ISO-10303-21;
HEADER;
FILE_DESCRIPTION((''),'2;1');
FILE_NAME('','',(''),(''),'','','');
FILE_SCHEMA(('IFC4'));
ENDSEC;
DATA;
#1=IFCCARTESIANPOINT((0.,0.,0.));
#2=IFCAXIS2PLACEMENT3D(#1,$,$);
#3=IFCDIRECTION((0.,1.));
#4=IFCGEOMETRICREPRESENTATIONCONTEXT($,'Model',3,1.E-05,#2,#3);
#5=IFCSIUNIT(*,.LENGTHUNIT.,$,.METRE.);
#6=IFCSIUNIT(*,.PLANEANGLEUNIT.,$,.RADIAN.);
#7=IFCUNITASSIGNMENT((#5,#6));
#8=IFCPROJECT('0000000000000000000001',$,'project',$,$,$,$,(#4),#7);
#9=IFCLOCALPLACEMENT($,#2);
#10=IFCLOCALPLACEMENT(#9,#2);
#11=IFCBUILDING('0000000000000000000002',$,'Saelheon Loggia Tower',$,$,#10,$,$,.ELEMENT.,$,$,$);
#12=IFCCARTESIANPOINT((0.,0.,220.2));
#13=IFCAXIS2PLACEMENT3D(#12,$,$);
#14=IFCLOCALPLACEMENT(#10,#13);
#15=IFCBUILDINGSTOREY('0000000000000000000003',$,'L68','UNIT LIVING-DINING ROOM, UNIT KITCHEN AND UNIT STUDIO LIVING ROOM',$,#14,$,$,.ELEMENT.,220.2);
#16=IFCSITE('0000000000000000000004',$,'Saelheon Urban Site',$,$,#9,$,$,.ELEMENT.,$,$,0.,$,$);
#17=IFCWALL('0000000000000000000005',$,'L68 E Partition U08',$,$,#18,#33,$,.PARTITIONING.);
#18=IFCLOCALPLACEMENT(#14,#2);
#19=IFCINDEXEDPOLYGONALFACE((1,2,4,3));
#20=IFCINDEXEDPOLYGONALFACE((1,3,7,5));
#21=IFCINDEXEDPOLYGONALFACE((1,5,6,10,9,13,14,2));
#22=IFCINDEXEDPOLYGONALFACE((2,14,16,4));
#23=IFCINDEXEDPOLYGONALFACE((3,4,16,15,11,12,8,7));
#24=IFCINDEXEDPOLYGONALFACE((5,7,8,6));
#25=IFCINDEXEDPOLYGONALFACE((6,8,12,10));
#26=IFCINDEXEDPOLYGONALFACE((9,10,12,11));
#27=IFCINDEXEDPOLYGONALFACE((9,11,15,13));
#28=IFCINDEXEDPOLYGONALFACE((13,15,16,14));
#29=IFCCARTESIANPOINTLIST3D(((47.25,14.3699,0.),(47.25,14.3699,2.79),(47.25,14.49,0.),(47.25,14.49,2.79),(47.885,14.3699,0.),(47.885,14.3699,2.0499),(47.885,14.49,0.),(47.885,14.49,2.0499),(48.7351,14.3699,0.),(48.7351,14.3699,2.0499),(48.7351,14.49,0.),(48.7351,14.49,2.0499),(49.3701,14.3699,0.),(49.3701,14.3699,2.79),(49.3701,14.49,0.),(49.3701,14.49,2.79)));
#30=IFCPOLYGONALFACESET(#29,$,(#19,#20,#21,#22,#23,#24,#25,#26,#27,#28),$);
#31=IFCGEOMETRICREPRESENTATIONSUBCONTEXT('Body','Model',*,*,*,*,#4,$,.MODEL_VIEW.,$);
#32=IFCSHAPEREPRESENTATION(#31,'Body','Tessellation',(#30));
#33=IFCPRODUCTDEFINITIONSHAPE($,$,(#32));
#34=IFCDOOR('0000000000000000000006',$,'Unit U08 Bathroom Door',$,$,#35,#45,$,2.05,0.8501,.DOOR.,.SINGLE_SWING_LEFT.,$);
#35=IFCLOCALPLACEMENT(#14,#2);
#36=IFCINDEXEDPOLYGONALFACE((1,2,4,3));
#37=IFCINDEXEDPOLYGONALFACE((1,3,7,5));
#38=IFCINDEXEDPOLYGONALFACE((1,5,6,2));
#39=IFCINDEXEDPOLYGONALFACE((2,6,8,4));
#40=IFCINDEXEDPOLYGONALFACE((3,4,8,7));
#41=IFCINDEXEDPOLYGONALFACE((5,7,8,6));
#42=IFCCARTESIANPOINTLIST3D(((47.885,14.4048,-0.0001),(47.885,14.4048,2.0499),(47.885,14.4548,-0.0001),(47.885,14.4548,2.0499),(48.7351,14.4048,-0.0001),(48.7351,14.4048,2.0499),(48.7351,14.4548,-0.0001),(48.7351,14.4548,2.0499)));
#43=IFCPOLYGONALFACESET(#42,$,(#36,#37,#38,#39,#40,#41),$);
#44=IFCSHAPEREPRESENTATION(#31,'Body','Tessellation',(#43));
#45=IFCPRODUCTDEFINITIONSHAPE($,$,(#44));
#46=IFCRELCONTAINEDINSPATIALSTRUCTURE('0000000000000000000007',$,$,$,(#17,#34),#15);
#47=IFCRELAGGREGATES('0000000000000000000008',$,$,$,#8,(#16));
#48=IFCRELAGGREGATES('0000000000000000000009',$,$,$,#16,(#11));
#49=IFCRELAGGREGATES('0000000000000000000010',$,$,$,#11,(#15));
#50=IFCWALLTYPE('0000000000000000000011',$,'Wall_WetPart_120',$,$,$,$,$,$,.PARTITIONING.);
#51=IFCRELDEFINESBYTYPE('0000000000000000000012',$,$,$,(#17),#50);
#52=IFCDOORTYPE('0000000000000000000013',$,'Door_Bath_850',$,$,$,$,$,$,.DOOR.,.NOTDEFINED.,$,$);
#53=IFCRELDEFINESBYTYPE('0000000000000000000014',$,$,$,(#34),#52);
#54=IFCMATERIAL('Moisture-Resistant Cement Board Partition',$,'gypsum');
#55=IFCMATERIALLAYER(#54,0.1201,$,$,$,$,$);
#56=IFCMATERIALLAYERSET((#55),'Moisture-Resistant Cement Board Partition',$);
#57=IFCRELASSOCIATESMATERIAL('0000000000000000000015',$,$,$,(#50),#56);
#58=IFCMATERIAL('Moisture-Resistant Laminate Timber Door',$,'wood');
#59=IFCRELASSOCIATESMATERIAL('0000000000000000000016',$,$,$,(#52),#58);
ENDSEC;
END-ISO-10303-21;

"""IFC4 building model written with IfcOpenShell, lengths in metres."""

from ifc_helpers import new_model, si_unit, direction, frame, frame_2d, origin, place, context, subcontext, project, spatial, rectangle, extrude, source, transform, mapped, material, layer, layer_set, type_object, element, fill, save


model = new_model("IFC4")

# Units and contexts
model_context = context("Model", 3, precision=1e-05, world=origin(), true_north=direction((0.0, 1.0)))
body_context = subcontext(model_context, "Body", "Model", "MODEL_VIEW")
ifc_project = project(units=[si_unit("LENGTHUNIT", "METRE"), si_unit("PLANEANGLEUNIT", "RADIAN")], contexts=[model_context])

# Site, building, storey
site_placement = place(None, origin())
site = spatial("IfcSite", under=ifc_project, at=site_placement, Name="Saelheon Urban Site", CompositionType="ELEMENT", RefElevation=0.0)
building_placement = place(site_placement, origin())
building = spatial("IfcBuilding", under=site, at=building_placement, Name="Saelheon Loggia Tower", CompositionType="ELEMENT")
storey_placement = place(building_placement, frame((0.0, 0.0, 220.2)))
storey = spatial("IfcBuildingStorey", under=building, at=storey_placement, Name="L68", Description="UNIT LIVING-DINING ROOM, UNIT KITCHEN AND UNIT STUDIO LIVING ROOM", CompositionType="ELEMENT", Elevation=220.2)

# Shared definitions
ifc_material_1 = material(Name="Moisture-Resistant Cement Board Partition", Category="gypsum")
ifc_layer_1 = layer(ifc_material_1, 0.1201)
ifc_layer_set_1 = layer_set([ifc_layer_1], Name="Moisture-Resistant Cement Board Partition")
wall_type_1 = type_object("IfcWallType", Name="Wall_WetPart_120", PredefinedType="PARTITIONING", material=ifc_layer_set_1)

# Wall, opening, door
wall_1_placement = place(storey_placement, frame((47.25, 14.4299, 0.0), z_axis=(0.0, 0.0, 1.0), x_axis=(1.0, 0.0, 0.0)))
wall_1 = element("IfcWall", 1, at=wall_1_placement, inside=storey, type_object=wall_type_1, Name="L68 E Partition U08", PredefinedType="PARTITIONING", context=body_context, shape_type="SweptSolid", body=[
    extrude(rectangle(XDim=2.1201, YDim=0.1201, at=frame_2d((1.0601, 0.0))), origin(), (0.0, 0.0, 1.0), 2.79),
])
opening_1_placement = place(wall_1_placement, frame((0.635, 0.0, 0.0)))
opening_1 = element("IfcOpeningElement", 2, at=opening_1_placement, cuts=wall_1, PredefinedType="OPENING", context=body_context, shape_type="SweptSolid", body=[
    extrude(rectangle(XDim=0.8501, YDim=2.05, at=frame_2d((0.425, 1.0249))), frame((0.0, 0.072, 0.0), z_axis=(0.0, -1.0, 0.0), x_axis=(1.0, 0.0, 0.0)), (0.0, 0.0, 1.0), 0.144),
])
ifc_material_2 = material(Name="Moisture-Resistant Laminate Timber Door", Category="wood")
door_type_1 = type_object("IfcDoorType", Name="Door_Bath_850", OperationType="NOTDEFINED", PredefinedType="DOOR", material=ifc_material_2)
shared_shape_1 = source(origin(), body_context, "Body", "SweptSolid", [
    extrude(rectangle(XDim=0.8501, YDim=2.05, at=frame_2d((0.425, 1.0249))), frame((0.0, 0.0249, 0.0), z_axis=(0.0, -1.0, 0.0), x_axis=(1.0, 0.0, 0.0)), (0.0, 0.0, 1.0), 0.05),
])
door_1_placement = place(opening_1_placement, origin())
door_1 = element("IfcDoor", 3, at=door_1_placement, inside=storey, type_object=door_type_1, Name="Unit U08 Bathroom Door", OperationType="SINGLE_SWING_LEFT", OverallHeight=2.05, OverallWidth=0.8501, PredefinedType="DOOR", context=body_context, shape_type="MappedRepresentation", body=[
    mapped(shared_shape_1, transform((0.0, 0.0, 0.0), scale=1.0)),
])
fill(opening_1, door_1)

save(model, "model.ifc")
